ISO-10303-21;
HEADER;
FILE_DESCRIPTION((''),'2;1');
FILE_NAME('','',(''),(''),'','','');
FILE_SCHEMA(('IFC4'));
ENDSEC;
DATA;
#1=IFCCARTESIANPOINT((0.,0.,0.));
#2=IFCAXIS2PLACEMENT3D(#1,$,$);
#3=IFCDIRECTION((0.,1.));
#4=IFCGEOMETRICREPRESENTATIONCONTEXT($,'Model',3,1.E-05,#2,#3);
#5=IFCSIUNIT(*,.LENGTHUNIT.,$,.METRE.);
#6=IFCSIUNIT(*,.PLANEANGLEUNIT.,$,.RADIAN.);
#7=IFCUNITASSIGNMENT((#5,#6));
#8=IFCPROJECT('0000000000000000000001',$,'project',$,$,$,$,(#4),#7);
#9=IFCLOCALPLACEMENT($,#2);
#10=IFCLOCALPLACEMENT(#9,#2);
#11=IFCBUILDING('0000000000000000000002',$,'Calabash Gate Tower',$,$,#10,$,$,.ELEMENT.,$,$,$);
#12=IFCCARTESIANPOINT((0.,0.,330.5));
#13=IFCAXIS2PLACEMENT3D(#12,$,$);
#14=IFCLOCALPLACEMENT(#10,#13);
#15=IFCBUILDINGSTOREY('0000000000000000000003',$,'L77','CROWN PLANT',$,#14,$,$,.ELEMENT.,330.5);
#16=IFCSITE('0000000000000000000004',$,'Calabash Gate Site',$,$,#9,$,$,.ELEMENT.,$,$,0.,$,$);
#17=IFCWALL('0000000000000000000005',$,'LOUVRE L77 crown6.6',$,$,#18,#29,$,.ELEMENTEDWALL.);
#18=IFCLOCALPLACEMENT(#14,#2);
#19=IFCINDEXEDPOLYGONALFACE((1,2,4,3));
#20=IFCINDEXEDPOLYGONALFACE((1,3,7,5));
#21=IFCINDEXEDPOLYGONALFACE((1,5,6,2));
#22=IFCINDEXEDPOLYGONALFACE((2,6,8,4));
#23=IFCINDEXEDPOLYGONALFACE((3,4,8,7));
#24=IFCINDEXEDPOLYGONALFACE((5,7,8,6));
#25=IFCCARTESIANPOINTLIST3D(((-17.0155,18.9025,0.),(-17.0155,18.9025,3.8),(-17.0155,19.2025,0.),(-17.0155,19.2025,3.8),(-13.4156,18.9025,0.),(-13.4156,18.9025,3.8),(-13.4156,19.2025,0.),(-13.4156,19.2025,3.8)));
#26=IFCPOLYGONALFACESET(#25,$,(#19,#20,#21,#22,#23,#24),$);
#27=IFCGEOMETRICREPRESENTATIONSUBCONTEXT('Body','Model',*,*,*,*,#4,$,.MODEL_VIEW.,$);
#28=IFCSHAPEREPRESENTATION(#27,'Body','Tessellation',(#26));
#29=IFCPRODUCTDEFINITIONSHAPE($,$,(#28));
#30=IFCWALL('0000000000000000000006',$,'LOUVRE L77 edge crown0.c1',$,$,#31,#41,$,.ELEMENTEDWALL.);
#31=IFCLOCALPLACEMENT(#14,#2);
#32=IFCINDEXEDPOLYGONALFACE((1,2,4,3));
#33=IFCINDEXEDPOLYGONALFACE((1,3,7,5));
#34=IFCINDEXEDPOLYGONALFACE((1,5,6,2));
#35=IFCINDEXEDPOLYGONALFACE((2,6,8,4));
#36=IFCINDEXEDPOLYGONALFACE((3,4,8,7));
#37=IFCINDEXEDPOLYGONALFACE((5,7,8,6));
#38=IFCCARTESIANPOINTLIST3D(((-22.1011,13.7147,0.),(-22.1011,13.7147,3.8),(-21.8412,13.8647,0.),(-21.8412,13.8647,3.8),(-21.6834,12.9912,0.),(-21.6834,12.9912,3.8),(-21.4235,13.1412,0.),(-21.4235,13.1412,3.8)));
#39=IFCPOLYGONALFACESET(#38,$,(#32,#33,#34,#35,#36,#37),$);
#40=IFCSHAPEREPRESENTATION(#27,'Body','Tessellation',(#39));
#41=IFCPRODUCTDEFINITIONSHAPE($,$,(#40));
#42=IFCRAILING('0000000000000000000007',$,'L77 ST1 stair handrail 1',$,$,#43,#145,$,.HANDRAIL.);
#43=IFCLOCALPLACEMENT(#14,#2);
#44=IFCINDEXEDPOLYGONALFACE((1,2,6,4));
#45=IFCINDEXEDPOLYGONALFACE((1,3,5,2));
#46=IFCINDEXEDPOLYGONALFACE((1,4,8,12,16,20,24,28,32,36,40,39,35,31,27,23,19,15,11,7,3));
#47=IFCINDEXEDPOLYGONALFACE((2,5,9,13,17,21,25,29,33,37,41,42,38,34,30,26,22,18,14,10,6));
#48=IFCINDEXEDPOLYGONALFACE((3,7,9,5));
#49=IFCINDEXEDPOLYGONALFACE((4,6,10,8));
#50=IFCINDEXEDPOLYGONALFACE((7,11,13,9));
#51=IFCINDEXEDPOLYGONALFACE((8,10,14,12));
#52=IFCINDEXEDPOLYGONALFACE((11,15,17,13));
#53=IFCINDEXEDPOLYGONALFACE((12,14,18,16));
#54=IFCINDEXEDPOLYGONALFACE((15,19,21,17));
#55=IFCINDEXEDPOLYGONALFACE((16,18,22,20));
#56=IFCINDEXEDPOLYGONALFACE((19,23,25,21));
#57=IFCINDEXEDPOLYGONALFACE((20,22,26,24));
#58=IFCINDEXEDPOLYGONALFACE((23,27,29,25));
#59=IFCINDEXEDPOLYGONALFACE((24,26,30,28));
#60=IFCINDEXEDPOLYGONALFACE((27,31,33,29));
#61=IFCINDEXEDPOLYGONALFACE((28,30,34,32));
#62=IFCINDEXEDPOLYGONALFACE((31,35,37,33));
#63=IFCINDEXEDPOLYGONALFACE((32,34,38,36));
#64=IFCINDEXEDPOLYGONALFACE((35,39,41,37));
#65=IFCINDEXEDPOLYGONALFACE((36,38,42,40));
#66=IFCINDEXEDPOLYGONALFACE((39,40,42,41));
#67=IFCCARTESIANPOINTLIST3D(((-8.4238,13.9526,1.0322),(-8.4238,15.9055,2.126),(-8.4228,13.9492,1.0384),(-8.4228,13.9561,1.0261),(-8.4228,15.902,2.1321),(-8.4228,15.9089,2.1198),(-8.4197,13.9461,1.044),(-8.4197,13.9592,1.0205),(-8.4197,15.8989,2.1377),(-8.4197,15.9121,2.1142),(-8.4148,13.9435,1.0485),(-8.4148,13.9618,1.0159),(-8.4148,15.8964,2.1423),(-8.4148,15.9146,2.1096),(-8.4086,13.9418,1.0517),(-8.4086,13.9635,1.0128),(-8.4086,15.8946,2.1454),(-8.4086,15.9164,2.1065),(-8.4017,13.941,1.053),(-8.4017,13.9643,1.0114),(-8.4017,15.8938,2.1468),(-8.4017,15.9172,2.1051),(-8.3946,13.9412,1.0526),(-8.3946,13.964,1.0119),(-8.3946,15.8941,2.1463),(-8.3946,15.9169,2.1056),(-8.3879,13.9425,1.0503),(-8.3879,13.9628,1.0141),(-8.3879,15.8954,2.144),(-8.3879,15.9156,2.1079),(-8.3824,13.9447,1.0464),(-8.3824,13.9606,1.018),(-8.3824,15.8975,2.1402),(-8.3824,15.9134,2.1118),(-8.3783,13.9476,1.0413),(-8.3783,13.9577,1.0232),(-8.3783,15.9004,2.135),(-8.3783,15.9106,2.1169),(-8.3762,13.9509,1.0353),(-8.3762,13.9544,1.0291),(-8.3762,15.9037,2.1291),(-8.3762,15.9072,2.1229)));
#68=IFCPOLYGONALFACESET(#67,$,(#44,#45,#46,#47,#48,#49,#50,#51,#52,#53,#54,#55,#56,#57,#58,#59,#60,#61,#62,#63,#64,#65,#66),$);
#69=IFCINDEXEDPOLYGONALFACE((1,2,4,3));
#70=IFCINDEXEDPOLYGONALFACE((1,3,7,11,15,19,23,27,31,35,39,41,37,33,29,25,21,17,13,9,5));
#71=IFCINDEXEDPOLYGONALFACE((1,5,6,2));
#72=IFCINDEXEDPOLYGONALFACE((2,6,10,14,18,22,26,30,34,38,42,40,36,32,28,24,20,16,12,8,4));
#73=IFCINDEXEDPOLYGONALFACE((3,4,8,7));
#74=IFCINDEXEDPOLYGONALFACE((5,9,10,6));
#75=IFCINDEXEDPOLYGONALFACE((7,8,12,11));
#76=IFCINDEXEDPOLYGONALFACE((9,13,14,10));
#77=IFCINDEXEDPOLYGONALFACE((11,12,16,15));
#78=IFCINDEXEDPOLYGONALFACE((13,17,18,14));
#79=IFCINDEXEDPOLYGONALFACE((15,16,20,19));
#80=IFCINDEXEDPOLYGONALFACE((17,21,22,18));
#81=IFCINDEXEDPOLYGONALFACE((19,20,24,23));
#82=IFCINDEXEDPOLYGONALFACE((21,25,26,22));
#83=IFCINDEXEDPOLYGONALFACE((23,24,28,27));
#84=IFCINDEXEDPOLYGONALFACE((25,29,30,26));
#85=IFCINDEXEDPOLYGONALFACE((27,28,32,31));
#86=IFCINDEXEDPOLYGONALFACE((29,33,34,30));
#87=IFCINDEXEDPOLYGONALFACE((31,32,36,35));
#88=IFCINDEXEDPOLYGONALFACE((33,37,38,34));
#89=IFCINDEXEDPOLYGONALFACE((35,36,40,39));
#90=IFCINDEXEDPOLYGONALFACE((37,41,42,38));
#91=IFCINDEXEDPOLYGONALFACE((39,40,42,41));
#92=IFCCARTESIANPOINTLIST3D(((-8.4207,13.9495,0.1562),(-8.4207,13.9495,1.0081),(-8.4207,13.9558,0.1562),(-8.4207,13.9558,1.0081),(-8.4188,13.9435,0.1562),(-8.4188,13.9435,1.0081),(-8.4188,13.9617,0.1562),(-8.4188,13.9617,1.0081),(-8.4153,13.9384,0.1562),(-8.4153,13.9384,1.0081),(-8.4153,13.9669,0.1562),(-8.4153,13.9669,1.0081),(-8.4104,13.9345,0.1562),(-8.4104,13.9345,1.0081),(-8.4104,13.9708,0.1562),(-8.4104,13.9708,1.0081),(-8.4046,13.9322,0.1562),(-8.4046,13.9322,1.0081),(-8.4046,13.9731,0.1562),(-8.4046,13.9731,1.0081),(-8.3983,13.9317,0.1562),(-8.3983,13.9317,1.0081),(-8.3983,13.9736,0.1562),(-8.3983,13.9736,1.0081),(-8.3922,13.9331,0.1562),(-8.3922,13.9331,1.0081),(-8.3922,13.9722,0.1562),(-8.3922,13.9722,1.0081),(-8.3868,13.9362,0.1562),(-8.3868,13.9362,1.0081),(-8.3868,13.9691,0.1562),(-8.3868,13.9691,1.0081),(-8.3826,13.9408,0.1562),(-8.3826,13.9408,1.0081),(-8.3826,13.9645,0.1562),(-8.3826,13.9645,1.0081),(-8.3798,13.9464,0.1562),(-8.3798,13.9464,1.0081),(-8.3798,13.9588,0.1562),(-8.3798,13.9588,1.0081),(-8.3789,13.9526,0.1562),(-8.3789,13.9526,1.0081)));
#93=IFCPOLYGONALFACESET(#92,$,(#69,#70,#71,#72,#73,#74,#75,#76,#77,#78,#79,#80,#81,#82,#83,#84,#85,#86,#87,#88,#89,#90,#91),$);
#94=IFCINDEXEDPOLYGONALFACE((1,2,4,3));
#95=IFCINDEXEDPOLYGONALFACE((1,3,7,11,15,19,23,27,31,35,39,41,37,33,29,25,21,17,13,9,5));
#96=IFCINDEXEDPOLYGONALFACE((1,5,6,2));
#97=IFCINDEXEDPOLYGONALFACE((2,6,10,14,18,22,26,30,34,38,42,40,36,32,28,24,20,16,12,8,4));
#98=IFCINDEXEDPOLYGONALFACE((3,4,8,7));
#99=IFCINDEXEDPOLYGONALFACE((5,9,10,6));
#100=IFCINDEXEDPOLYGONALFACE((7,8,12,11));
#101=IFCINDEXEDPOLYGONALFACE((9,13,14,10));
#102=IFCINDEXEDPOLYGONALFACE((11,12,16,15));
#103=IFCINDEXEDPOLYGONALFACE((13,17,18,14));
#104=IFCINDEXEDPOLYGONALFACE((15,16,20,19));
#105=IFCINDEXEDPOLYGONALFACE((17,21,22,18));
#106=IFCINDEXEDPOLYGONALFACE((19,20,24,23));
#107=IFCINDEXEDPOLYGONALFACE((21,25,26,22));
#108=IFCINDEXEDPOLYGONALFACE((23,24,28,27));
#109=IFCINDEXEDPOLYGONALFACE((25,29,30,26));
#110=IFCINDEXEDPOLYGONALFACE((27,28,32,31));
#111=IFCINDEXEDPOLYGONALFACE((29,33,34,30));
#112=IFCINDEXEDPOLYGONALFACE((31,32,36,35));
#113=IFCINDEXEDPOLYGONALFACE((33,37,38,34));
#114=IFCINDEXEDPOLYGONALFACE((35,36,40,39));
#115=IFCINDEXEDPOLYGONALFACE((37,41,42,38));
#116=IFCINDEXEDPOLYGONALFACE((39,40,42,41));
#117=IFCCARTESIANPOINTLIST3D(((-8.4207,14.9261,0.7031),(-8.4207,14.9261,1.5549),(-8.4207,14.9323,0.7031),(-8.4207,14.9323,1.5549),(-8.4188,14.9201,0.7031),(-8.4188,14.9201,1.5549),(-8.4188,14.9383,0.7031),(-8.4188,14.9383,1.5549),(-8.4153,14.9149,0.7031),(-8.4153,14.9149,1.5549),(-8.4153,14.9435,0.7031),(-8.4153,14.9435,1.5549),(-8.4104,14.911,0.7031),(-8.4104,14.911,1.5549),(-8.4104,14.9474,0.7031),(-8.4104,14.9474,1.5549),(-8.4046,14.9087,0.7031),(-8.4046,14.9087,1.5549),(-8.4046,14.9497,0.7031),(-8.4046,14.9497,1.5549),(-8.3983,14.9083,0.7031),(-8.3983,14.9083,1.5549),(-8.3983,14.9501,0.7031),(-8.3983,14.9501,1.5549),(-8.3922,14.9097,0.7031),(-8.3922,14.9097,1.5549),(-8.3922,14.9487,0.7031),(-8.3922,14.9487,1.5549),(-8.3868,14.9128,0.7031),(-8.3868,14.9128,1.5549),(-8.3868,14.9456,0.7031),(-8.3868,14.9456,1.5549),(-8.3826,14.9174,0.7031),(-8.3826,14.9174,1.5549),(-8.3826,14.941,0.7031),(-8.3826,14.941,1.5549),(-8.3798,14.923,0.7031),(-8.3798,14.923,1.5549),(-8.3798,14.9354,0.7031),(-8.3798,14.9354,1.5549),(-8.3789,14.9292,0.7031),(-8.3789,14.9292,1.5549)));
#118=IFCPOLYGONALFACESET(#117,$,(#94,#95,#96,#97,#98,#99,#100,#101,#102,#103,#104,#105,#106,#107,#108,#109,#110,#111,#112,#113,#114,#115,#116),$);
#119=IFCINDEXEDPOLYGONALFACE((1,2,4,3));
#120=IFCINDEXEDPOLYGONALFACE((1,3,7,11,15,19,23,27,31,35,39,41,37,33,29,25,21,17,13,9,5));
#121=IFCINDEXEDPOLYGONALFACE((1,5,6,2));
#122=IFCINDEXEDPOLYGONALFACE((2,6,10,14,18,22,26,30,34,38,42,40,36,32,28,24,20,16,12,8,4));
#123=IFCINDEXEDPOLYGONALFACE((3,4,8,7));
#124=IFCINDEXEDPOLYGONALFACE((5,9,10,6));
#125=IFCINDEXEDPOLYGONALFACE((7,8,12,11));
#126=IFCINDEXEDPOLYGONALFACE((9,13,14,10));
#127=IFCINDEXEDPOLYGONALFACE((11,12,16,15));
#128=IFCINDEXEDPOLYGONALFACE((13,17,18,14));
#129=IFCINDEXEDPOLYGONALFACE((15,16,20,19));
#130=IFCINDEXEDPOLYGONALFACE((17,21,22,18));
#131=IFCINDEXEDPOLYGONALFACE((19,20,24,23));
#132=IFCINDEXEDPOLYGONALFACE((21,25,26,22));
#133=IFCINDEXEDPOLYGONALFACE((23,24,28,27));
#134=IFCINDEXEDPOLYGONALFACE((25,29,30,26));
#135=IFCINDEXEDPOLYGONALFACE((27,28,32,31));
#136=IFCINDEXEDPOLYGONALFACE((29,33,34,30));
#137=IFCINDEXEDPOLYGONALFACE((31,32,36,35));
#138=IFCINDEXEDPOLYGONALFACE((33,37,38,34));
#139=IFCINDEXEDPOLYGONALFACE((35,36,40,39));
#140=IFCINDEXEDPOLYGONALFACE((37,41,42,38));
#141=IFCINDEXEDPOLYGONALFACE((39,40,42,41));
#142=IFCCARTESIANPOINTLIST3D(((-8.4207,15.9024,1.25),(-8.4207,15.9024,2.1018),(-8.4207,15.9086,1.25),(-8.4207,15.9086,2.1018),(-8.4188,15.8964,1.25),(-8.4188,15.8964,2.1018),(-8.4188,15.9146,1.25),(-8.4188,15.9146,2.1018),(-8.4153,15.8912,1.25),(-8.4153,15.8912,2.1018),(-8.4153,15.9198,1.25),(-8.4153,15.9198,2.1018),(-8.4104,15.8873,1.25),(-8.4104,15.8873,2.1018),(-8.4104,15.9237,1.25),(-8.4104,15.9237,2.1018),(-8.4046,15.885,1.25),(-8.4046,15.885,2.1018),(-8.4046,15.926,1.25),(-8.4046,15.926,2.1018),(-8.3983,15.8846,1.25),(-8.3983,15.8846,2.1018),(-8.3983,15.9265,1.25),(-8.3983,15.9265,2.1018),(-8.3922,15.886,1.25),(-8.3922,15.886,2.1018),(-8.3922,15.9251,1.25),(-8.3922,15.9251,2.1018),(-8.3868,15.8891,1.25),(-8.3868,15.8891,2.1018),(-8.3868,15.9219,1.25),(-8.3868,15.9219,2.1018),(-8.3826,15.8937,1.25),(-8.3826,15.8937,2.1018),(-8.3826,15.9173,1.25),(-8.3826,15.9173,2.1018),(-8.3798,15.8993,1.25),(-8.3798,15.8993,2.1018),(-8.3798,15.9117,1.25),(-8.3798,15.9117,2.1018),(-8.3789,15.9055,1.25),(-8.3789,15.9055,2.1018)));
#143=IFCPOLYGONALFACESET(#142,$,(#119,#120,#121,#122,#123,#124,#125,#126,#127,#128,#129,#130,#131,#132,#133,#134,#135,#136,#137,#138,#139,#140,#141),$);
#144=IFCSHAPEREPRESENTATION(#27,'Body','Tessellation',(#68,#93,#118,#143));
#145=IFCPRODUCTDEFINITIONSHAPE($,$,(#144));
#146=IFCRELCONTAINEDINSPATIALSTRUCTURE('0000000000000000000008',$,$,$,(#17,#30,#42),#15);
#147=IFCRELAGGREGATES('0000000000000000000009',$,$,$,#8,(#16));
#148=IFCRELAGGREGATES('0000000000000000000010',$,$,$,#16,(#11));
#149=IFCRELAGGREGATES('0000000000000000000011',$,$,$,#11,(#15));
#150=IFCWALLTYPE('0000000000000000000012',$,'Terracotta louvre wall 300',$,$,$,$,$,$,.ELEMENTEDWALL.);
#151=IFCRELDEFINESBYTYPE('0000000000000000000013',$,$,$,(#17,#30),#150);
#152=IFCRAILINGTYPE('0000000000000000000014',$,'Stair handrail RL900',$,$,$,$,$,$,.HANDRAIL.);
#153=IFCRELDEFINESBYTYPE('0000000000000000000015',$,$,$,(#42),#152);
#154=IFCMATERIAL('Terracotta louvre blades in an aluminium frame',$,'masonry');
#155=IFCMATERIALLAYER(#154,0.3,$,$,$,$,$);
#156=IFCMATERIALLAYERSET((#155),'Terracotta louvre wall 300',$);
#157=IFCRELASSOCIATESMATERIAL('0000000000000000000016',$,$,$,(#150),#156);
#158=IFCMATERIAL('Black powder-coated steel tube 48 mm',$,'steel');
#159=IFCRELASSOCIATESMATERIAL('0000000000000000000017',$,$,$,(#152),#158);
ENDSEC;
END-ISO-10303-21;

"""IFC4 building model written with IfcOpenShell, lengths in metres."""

from ifc_helpers import new_model, si_unit, direction, frame, frame_2d, origin, origin_2d, place, context, subcontext, project, spatial, rectangle, circle, extrude, material, layer, layer_set, type_object, element, save


model = new_model("IFC4")

# Units and contexts
model_context = context("Model", 3, precision=1e-05, world=origin(), true_north=direction((0.0, 1.0)))
body_context = subcontext(model_context, "Body", "Model", "MODEL_VIEW")
ifc_project = project(units=[si_unit("LENGTHUNIT", "METRE"), si_unit("PLANEANGLEUNIT", "RADIAN")], contexts=[model_context])

# Site, building, storey
site_placement = place(None, origin())
site = spatial("IfcSite", under=ifc_project, at=site_placement, Name="Calabash Gate Site", CompositionType="ELEMENT", RefElevation=0.0)
building_placement = place(site_placement, origin())
building = spatial("IfcBuilding", under=site, at=building_placement, Name="Calabash Gate Tower", CompositionType="ELEMENT")
storey_placement = place(building_placement, frame((0.0, 0.0, 330.5)))
storey = spatial("IfcBuildingStorey", under=building, at=storey_placement, Name="L77", Description="CROWN PLANT", CompositionType="ELEMENT", Elevation=330.5)

# Walls
ifc_material_1 = material(Name="Terracotta louvre blades in an aluminium frame", Category="masonry")
ifc_layer_1 = layer(ifc_material_1, 0.3)
ifc_layer_set_1 = layer_set([ifc_layer_1], Name="Terracotta louvre wall 300")
wall_type_1 = type_object("IfcWallType", Name="Terracotta louvre wall 300", PredefinedType="ELEMENTEDWALL", material=ifc_layer_set_1)
wall_1_placement = place(storey_placement, frame((-13.4158, 19.0525, 0.0), z_axis=(0.0, 0.0, 1.0), x_axis=(-1.0, 0.0, 0.0)))
element("IfcWall", 1, at=wall_1_placement, inside=storey, type_object=wall_type_1, Name="LOUVRE L77 crown6.6", PredefinedType="ELEMENTEDWALL", context=body_context, shape_type="SweptSolid", body=[
    extrude(rectangle(XDim=3.5999, YDim=0.3, at=frame_2d((1.7998, 0.0))), origin(), (0.0, 0.0, 1.0), 3.8),
])
wall_2_placement = place(storey_placement, frame((-21.5535, 13.0662, 0.0), z_axis=(0.0, 0.0, 1.0), x_axis=(-0.499942, 0.866059, 0.0)))
element("IfcWall", 2, at=wall_2_placement, inside=storey, type_object=wall_type_1, Name="LOUVRE L77 edge crown0.c1", PredefinedType="ELEMENTEDWALL", context=body_context, shape_type="SweptSolid", body=[
    extrude(rectangle(XDim=0.8354, YDim=0.3, at=frame_2d((0.4177, 0.0))), origin(), (0.0, 0.0, 1.0), 3.8),
])

# Railing
ifc_material_2 = material(Name="Black powder-coated steel tube 48 mm", Category="steel")
railing_type_1 = type_object("IfcRailingType", Name="Stair handrail RL900", PredefinedType="HANDRAIL", material=ifc_material_2)
railing_1_placement = place(storey_placement, frame((-8.3999, 13.9526, 0.1562)))
element("IfcRailing", 3, at=railing_1_placement, inside=storey, type_object=railing_type_1, Name="L77 ST1 stair handrail 1", PredefinedType="HANDRAIL", context=body_context, shape_type="SweptSolid", body=[
    extrude(circle(Radius=0.0239, at=origin_2d()), frame((0.0, 0.0, 0.876), z_axis=(0.0, 0.87248, 0.48865), x_axis=(-1.0, 0.0, 0.0)), (0.0, 0.0, 1.0), 2.2383),
    extrude(circle(Radius=0.021, at=origin_2d()), origin(), (0.0, 0.0, 1.0), 0.8518),
    extrude(circle(Radius=0.021, at=origin_2d()), frame((0.0, 0.9766, 0.5469)), (0.0, 0.0, 1.0), 0.8518),
    extrude(circle(Radius=0.021, at=origin_2d()), frame((0.0, 1.9529, 1.0938)), (0.0, 0.0, 1.0), 0.8518),
])

save(model, "model.ifc")
